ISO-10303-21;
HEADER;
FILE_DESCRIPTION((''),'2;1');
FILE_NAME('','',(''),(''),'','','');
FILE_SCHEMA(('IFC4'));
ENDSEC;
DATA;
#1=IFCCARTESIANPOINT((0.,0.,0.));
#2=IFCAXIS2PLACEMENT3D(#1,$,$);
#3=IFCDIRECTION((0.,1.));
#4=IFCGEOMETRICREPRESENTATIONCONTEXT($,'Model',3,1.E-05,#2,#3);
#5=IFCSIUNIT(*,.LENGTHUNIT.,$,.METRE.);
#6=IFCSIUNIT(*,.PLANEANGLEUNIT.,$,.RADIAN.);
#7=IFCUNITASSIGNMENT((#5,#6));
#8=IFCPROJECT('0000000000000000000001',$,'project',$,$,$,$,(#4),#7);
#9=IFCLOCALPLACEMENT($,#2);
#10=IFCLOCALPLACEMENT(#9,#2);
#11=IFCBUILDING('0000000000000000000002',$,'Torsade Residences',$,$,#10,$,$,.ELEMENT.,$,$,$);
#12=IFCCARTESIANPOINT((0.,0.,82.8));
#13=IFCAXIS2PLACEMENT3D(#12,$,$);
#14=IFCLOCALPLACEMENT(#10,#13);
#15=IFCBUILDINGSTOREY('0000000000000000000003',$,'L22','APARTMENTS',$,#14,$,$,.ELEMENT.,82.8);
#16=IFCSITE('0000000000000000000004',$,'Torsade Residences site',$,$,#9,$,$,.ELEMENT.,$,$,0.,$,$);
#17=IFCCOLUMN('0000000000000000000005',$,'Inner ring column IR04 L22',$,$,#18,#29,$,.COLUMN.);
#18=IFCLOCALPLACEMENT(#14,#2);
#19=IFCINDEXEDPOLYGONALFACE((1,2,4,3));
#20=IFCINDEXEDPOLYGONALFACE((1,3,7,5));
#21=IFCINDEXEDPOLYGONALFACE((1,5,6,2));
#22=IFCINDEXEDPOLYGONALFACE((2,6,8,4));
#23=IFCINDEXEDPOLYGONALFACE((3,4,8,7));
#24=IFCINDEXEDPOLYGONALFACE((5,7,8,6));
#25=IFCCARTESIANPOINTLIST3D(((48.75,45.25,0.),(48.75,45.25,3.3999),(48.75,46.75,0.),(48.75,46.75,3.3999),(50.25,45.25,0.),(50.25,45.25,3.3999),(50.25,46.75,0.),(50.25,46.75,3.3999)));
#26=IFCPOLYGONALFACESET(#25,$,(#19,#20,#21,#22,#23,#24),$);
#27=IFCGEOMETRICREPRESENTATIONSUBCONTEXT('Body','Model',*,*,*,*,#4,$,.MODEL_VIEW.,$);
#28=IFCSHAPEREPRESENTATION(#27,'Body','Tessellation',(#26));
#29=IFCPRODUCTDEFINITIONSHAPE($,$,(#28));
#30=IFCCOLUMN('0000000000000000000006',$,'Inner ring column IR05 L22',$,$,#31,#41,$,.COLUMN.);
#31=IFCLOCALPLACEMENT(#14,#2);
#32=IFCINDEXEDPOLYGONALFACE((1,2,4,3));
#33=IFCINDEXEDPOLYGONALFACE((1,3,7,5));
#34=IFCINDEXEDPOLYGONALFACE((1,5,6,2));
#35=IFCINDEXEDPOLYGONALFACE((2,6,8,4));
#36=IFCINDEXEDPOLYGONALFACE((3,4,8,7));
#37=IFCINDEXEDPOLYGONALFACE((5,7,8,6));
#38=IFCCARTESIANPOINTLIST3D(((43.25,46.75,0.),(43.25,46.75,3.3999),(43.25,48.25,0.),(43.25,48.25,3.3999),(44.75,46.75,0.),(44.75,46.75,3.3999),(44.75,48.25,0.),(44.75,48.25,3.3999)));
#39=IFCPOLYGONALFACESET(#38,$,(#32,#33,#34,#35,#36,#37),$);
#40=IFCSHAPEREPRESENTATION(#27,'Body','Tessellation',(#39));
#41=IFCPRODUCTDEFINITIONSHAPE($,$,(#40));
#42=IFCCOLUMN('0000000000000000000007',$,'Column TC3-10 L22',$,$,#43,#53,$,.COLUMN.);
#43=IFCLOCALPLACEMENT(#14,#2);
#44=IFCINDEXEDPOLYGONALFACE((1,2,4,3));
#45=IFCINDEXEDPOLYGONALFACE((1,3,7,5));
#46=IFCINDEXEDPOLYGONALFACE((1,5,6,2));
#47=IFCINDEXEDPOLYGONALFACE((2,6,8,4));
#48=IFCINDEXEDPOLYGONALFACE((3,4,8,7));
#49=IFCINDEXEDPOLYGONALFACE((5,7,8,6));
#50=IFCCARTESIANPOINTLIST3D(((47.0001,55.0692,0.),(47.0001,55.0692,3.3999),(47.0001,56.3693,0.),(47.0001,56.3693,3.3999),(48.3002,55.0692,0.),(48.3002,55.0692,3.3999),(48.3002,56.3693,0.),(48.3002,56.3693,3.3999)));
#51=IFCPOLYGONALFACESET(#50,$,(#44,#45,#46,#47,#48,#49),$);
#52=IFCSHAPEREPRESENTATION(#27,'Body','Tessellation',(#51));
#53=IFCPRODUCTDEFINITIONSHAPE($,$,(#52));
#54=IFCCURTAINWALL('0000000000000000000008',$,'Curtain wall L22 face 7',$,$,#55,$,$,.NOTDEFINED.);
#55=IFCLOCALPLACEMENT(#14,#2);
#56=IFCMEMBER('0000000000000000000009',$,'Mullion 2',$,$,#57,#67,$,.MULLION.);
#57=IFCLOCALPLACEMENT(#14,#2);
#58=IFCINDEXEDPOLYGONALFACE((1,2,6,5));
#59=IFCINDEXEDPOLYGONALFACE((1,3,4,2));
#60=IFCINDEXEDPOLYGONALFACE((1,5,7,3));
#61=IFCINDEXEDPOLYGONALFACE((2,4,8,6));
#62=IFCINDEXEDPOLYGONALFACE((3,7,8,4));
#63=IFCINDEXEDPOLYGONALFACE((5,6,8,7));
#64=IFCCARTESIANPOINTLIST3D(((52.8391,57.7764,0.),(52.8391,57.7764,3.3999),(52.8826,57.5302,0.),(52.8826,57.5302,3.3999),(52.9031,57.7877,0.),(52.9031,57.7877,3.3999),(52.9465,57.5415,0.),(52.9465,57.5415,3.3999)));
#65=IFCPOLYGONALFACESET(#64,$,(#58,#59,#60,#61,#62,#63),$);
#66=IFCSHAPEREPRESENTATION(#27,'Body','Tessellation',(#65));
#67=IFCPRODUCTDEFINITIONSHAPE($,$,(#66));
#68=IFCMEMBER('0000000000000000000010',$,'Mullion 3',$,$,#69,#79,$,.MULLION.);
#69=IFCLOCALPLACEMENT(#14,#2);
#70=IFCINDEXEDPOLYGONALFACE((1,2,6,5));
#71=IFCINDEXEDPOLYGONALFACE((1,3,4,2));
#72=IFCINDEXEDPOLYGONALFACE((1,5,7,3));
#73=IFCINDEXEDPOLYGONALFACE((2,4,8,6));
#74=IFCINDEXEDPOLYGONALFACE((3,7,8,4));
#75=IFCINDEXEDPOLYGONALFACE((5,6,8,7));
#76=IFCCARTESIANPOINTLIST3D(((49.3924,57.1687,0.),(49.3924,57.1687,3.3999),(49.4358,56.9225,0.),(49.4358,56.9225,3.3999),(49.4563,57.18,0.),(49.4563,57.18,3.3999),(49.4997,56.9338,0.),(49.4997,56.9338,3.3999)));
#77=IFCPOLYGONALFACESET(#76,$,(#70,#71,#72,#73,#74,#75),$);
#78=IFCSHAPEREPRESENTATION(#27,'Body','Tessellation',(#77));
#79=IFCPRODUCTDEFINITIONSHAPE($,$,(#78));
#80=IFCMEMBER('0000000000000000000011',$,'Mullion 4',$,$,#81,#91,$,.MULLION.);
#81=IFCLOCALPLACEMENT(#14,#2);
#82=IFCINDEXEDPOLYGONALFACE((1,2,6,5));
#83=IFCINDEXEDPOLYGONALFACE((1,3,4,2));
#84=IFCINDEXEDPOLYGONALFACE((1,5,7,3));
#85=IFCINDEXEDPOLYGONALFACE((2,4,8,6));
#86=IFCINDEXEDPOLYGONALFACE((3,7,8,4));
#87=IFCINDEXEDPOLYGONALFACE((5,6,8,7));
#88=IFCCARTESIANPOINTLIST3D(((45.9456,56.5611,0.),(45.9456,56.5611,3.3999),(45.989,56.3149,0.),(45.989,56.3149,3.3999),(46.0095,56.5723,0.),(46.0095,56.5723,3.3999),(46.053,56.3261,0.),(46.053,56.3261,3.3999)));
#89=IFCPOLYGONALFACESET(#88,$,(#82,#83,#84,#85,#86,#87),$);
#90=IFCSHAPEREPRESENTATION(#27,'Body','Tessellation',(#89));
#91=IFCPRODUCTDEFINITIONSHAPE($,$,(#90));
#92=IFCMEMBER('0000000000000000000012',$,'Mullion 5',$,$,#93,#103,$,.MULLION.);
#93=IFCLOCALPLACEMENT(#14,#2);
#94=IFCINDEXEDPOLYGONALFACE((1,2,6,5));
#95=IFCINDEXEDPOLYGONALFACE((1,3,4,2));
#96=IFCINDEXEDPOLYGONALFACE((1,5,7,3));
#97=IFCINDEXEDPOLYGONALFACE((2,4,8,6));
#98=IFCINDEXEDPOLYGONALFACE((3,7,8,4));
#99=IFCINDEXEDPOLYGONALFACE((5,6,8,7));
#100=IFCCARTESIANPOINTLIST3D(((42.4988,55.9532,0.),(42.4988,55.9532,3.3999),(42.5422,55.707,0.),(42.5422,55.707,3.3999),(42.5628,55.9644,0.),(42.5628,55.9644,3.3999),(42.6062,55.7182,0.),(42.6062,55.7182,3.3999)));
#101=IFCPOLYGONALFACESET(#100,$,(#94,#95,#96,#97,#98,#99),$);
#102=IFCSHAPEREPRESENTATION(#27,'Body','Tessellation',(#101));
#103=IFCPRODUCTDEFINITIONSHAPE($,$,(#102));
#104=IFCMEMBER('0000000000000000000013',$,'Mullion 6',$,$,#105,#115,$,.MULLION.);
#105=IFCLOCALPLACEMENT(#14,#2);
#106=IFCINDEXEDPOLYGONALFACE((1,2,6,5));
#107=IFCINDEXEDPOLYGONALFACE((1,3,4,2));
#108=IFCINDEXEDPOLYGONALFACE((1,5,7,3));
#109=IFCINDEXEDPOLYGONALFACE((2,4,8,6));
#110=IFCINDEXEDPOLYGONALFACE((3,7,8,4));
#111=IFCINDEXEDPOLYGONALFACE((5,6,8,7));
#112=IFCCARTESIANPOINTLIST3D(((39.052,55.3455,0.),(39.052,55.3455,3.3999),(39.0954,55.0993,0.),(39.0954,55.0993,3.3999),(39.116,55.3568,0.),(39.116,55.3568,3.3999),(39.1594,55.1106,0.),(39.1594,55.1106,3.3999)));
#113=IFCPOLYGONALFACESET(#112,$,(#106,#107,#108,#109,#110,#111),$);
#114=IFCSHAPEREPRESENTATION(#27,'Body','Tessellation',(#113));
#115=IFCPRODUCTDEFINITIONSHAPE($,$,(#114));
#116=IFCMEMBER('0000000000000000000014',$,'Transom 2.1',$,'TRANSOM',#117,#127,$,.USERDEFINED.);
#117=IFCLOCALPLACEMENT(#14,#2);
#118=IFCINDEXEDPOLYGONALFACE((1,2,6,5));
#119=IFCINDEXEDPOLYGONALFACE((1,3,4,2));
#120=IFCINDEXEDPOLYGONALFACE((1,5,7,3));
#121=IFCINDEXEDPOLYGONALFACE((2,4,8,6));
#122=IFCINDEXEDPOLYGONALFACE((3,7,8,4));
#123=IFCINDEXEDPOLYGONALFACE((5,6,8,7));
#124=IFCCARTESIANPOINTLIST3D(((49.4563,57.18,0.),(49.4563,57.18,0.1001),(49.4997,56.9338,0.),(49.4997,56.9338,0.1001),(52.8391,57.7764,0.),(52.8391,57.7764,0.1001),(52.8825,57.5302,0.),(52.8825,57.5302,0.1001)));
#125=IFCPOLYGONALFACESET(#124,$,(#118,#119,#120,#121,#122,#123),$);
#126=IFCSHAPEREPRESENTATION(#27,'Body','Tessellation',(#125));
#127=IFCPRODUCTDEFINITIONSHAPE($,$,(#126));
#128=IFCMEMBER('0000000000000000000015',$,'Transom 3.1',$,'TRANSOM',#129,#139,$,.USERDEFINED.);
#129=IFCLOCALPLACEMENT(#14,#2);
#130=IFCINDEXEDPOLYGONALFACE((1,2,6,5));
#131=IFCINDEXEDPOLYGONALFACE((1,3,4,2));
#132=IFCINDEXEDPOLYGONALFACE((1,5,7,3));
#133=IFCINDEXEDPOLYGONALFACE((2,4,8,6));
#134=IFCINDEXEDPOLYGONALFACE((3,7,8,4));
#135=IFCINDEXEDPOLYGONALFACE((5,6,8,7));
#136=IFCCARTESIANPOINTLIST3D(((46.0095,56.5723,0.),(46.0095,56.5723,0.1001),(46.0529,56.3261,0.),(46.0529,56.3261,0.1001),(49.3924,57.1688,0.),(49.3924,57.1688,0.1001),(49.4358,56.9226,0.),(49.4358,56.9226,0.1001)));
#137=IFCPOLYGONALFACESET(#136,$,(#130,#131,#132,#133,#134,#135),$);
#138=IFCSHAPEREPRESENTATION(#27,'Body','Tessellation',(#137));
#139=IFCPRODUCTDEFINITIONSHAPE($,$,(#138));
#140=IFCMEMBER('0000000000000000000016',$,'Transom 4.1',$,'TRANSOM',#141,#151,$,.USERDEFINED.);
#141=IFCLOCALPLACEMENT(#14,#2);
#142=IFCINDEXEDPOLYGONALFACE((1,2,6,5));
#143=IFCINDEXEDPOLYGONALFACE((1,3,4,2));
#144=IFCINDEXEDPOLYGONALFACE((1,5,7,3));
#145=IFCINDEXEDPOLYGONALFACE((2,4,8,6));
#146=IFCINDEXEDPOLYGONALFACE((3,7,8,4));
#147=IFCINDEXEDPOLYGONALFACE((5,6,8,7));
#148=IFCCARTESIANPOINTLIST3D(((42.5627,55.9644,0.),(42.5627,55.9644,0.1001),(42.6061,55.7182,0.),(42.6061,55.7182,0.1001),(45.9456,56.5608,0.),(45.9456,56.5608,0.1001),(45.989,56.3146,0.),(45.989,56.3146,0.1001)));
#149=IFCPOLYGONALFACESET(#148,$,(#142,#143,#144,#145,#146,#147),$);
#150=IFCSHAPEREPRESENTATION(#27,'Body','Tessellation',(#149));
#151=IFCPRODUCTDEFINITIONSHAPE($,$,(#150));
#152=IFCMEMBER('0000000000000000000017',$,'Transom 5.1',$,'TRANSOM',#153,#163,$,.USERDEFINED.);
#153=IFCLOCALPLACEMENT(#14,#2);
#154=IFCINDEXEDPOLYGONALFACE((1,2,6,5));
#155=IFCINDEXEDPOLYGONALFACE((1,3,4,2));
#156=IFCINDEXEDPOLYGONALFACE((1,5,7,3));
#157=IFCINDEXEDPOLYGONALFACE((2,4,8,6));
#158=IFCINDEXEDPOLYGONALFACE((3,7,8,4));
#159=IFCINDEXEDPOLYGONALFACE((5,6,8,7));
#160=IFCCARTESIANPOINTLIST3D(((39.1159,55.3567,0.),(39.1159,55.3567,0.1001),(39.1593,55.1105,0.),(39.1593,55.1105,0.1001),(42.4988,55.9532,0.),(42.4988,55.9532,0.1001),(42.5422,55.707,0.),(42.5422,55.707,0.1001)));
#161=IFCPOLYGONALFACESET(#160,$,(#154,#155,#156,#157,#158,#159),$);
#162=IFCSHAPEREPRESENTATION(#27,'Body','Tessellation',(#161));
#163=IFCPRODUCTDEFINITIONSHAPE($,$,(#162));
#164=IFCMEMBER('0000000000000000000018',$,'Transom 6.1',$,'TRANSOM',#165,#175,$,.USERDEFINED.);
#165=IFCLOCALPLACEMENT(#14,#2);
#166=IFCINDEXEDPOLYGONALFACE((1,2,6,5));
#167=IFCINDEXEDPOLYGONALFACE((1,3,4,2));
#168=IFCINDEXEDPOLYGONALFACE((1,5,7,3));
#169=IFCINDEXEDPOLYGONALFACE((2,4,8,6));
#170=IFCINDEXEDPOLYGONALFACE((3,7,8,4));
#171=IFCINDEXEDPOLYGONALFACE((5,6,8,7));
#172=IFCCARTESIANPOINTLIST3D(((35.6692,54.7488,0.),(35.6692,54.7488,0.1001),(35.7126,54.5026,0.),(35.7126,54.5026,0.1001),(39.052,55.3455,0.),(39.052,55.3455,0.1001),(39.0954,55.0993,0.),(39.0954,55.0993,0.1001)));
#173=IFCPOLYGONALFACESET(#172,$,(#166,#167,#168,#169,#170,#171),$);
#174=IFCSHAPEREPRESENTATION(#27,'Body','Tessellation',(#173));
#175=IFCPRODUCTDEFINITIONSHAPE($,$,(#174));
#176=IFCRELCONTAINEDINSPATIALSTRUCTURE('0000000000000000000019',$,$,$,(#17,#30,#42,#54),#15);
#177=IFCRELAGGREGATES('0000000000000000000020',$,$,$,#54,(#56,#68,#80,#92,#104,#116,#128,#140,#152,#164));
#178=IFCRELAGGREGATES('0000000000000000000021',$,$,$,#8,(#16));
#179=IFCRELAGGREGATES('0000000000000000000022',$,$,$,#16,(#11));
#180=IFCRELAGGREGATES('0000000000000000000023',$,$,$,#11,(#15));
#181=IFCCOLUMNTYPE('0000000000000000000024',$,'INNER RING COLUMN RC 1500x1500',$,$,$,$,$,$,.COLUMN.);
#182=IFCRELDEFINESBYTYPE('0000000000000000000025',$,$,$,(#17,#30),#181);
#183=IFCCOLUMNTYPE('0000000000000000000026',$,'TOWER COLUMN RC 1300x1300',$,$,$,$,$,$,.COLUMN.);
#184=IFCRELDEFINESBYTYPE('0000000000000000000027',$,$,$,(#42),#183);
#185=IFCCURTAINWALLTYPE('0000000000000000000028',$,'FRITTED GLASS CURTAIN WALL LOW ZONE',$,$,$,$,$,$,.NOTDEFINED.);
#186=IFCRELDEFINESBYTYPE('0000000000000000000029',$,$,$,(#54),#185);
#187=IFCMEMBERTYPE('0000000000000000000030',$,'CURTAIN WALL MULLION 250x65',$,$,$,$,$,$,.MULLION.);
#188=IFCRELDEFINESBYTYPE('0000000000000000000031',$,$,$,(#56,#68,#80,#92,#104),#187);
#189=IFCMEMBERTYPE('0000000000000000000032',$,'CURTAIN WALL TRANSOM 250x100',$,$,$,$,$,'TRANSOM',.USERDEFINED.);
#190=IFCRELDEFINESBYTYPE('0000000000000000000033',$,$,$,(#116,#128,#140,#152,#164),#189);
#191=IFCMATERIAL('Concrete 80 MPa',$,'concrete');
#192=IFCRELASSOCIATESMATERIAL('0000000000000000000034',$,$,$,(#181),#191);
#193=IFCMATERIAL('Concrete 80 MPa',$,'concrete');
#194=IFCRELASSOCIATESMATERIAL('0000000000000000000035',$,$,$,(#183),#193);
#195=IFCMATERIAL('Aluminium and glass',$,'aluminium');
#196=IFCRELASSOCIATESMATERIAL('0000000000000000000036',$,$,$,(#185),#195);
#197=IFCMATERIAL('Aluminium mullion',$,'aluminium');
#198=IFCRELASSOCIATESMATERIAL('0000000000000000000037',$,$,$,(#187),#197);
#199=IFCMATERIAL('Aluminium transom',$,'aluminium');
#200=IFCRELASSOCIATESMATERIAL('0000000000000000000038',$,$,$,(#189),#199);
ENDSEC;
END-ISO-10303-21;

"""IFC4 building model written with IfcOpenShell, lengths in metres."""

from ifc_helpers import new_model, si_unit, direction, frame, origin, origin_2d, place, context, subcontext, project, spatial, rectangle, extrude, material, material_profile, profile_set, type_object, element, aggregate, save


model = new_model("IFC4")

# Units and contexts
model_context = context("Model", 3, precision=1e-05, world=origin(), true_north=direction((0.0, 1.0)))
body_context = subcontext(model_context, "Body", "Model", "MODEL_VIEW")
ifc_project = project(units=[si_unit("LENGTHUNIT", "METRE"), si_unit("PLANEANGLEUNIT", "RADIAN")], contexts=[model_context])

# Site, building, storey
site_placement = place(None, origin())
site = spatial("IfcSite", under=ifc_project, at=site_placement, Name="Torsade Residences site", CompositionType="ELEMENT", RefElevation=0.0)
building_placement = place(site_placement, origin())
building = spatial("IfcBuilding", under=site, at=building_placement, Name="Torsade Residences", CompositionType="ELEMENT")
storey_placement = place(building_placement, frame((0.0, 0.0, 82.8)))
storey = spatial("IfcBuildingStorey", under=building, at=storey_placement, Name="L22", Description="APARTMENTS", CompositionType="ELEMENT", Elevation=82.8)

# Columns
ifc_material_1 = material(Name="Concrete 80 MPa", Category="concrete")
ifc_material_profile_1 = material_profile(ifc_material_1, rectangle(XDim=1.5, YDim=1.5, at=origin_2d()), Name="RC 1500x1500")
ifc_profile_set_1 = profile_set([ifc_material_profile_1], Name="Concrete 80 MPa")
column_type_1 = type_object("IfcColumnType", Name="INNER RING COLUMN RC 1500x1500", PredefinedType="COLUMN", material=ifc_profile_set_1)
for number, where, z_axis, x_axis, name in (
    (1, (49.5, 46.0, 0.0), (0.0, 0.0, 1.0), (1.0, 0.0, 0.0), "Inner ring column IR04 L22"),
    (2, (44.0, 47.5, 0.0), (0.0, 0.0, 1.0), (1.0, 0.0, 0.0), "Inner ring column IR05 L22"),
):
    element("IfcColumn", number, at=place(storey_placement, frame(where, z_axis=z_axis, x_axis=x_axis)), inside=storey, type_object=column_type_1, Name=name, PredefinedType="COLUMN", context=body_context, shape_type="SweptSolid", body=[
        extrude(rectangle(XDim=1.5, YDim=1.5, at=origin_2d()), origin(), (0.0, 0.0, 1.0), 3.3999),
    ])
ifc_material_2 = material(Name="Concrete 80 MPa", Category="concrete")
ifc_material_profile_2 = material_profile(ifc_material_2, rectangle(XDim=1.3, YDim=1.3, at=origin_2d()), Name="RC 1300x1300")
ifc_profile_set_2 = profile_set([ifc_material_profile_2], Name="Concrete 80 MPa")
column_type_2 = type_object("IfcColumnType", Name="TOWER COLUMN RC 1300x1300", PredefinedType="COLUMN", material=ifc_profile_set_2)
column_placement = place(storey_placement, frame((47.6501, 55.7192, 0.0), z_axis=(0.0, 0.0, 1.0), x_axis=(1.0, 0.0, 0.0)))
element("IfcColumn", 3, at=column_placement, inside=storey, type_object=column_type_2, Name="Column TC3-10 L22", PredefinedType="COLUMN", context=body_context, shape_type="SweptSolid", body=[
    extrude(rectangle(XDim=1.3, YDim=1.3, at=origin_2d()), origin(), (0.0, 0.0, 1.0), 3.3999),
])

# Curtain wall, members
ifc_material_3 = material(Name="Aluminium and glass", Category="aluminium")
curtain_wall_type = type_object("IfcCurtainWallType", Name="FRITTED GLASS CURTAIN WALL LOW ZONE", PredefinedType="NOTDEFINED", material=ifc_material_3)
curtain_wall_placement = place(storey_placement, origin())
curtain_wall = element("IfcCurtainWall", 4, at=curtain_wall_placement, inside=storey, type_object=curtain_wall_type, Name="Curtain wall L22 face 7", PredefinedType="NOTDEFINED")
ifc_material_4 = material(Name="Aluminium mullion", Category="aluminium")
ifc_material_profile_3 = material_profile(ifc_material_4, rectangle(XDim=0.25, YDim=0.0649, at=origin_2d()), Name="CURTAIN WALL MULLION 250x65")
ifc_profile_set_3 = profile_set([ifc_material_profile_3], Name="Aluminium mullion")
member_type_1 = type_object("IfcMemberType", Name="CURTAIN WALL MULLION 250x65", PredefinedType="MULLION", material=ifc_profile_set_3)
member_1_placement = place(storey_placement, frame((52.8928, 57.6589, 0.0), z_axis=(0.0, 0.0, 1.0), x_axis=(0.173648, -0.984808, 0.0)))
member_1 = element("IfcMember", 5, at=member_1_placement, type_object=member_type_1, Name="Mullion 2", PredefinedType="MULLION", context=body_context, shape_type="SweptSolid", body=[
    extrude(rectangle(XDim=0.25, YDim=0.0649, at=origin_2d()), origin(), (0.0, 0.0, 1.0), 3.3999),
])
member_2_placement = place(storey_placement, frame((49.446, 57.0513, 0.0), z_axis=(0.0, 0.0, 1.0), x_axis=(0.173648, -0.984808, 0.0)))
member_2 = element("IfcMember", 6, at=member_2_placement, type_object=member_type_1, Name="Mullion 3", PredefinedType="MULLION", context=body_context, shape_type="SweptSolid", body=[
    extrude(rectangle(XDim=0.25, YDim=0.0649, at=origin_2d()), origin(), (0.0, 0.0, 1.0), 3.3999),
])
member_3_placement = place(storey_placement, frame((45.9993, 56.4436, 0.0), z_axis=(0.0, 0.0, 1.0), x_axis=(0.173648, -0.984808, 0.0)))
member_3 = element("IfcMember", 7, at=member_3_placement, type_object=member_type_1, Name="Mullion 4", PredefinedType="MULLION", context=body_context, shape_type="SweptSolid", body=[
    extrude(rectangle(XDim=0.25, YDim=0.0649, at=origin_2d()), origin(), (0.0, 0.0, 1.0), 3.3999),
])
member_4_placement = place(storey_placement, frame((42.5525, 55.8357, 0.0), z_axis=(0.0, 0.0, 1.0), x_axis=(0.173648, -0.984808, 0.0)))
member_4 = element("IfcMember", 8, at=member_4_placement, type_object=member_type_1, Name="Mullion 5", PredefinedType="MULLION", context=body_context, shape_type="SweptSolid", body=[
    extrude(rectangle(XDim=0.25, YDim=0.0649, at=origin_2d()), origin(), (0.0, 0.0, 1.0), 3.3999),
])
member_5_placement = place(storey_placement, frame((39.1057, 55.228, 0.0), z_axis=(0.0, 0.0, 1.0), x_axis=(0.173648, -0.984808, 0.0)))
member_5 = element("IfcMember", 9, at=member_5_placement, type_object=member_type_1, Name="Mullion 6", PredefinedType="MULLION", context=body_context, shape_type="SweptSolid", body=[
    extrude(rectangle(XDim=0.25, YDim=0.0649, at=origin_2d()), origin(), (0.0, 0.0, 1.0), 3.3999),
])
ifc_material_5 = material(Name="Aluminium transom", Category="aluminium")
ifc_material_profile_4 = material_profile(ifc_material_5, rectangle(XDim=0.25, YDim=0.1001, at=origin_2d()), Name="CURTAIN WALL TRANSOM 250x100")
ifc_profile_set_4 = profile_set([ifc_material_profile_4], Name="Aluminium transom")
member_type_2 = type_object("IfcMemberType", Name="CURTAIN WALL TRANSOM 250x100", ElementType="TRANSOM", PredefinedType="USERDEFINED", material=ifc_profile_set_4)
member_6_placement = place(storey_placement, frame((52.8608, 57.6533, 0.05), z_axis=(-0.98481, -0.173635, 0.0), x_axis=(0.173635, -0.98481, 0.0)))
member_6 = element("IfcMember", 10, at=member_6_placement, type_object=member_type_2, Name="Transom 2.1", ObjectType="TRANSOM", PredefinedType="USERDEFINED", context=body_context, shape_type="SweptSolid", body=[
    extrude(rectangle(XDim=0.25, YDim=0.1001, at=origin_2d()), origin(), (0.0, 0.0, 1.0), 3.4351),
])
member_7_placement = place(storey_placement, frame((49.4141, 57.0457, 0.05), z_axis=(-0.98481, -0.173635, 0.0), x_axis=(0.173635, -0.98481, 0.0)))
member_7 = element("IfcMember", 11, at=member_7_placement, type_object=member_type_2, Name="Transom 3.1", ObjectType="TRANSOM", PredefinedType="USERDEFINED", context=body_context, shape_type="SweptSolid", body=[
    extrude(rectangle(XDim=0.25, YDim=0.1001, at=origin_2d()), origin(), (0.0, 0.0, 1.0), 3.4351),
])
member_8_placement = place(storey_placement, frame((45.9673, 56.4377, 0.05), z_axis=(-0.98481, -0.173635, 0.0), x_axis=(0.173635, -0.98481, 0.0)))
member_8 = element("IfcMember", 12, at=member_8_placement, type_object=member_type_2, Name="Transom 4.1", ObjectType="TRANSOM", PredefinedType="USERDEFINED", context=body_context, shape_type="SweptSolid", body=[
    extrude(rectangle(XDim=0.25, YDim=0.1001, at=origin_2d()), origin(), (0.0, 0.0, 1.0), 3.4351),
])
member_9_placement = place(storey_placement, frame((42.5205, 55.8301, 0.05), z_axis=(-0.98481, -0.173635, 0.0), x_axis=(0.173635, -0.98481, 0.0)))
member_9 = element("IfcMember", 13, at=member_9_placement, type_object=member_type_2, Name="Transom 5.1", ObjectType="TRANSOM", PredefinedType="USERDEFINED", context=body_context, shape_type="SweptSolid", body=[
    extrude(rectangle(XDim=0.25, YDim=0.1001, at=origin_2d()), origin(), (0.0, 0.0, 1.0), 3.4351),
])
member_10_placement = place(storey_placement, frame((39.0737, 55.2224, 0.05), z_axis=(-0.984798, -0.173704, 0.0), x_axis=(0.173704, -0.984798, 0.0)))
member_10 = element("IfcMember", 14, at=member_10_placement, type_object=member_type_2, Name="Transom 6.1", ObjectType="TRANSOM", PredefinedType="USERDEFINED", context=body_context, shape_type="SweptSolid", body=[
    extrude(rectangle(XDim=0.25, YDim=0.1001, at=origin_2d()), origin(), (0.0, 0.0, 1.0), 3.4351),
])

aggregate(curtain_wall, [member_1, member_2, member_3, member_4, member_5, member_6, member_7, member_8, member_9, member_10])

save(model, "model.ifc")
